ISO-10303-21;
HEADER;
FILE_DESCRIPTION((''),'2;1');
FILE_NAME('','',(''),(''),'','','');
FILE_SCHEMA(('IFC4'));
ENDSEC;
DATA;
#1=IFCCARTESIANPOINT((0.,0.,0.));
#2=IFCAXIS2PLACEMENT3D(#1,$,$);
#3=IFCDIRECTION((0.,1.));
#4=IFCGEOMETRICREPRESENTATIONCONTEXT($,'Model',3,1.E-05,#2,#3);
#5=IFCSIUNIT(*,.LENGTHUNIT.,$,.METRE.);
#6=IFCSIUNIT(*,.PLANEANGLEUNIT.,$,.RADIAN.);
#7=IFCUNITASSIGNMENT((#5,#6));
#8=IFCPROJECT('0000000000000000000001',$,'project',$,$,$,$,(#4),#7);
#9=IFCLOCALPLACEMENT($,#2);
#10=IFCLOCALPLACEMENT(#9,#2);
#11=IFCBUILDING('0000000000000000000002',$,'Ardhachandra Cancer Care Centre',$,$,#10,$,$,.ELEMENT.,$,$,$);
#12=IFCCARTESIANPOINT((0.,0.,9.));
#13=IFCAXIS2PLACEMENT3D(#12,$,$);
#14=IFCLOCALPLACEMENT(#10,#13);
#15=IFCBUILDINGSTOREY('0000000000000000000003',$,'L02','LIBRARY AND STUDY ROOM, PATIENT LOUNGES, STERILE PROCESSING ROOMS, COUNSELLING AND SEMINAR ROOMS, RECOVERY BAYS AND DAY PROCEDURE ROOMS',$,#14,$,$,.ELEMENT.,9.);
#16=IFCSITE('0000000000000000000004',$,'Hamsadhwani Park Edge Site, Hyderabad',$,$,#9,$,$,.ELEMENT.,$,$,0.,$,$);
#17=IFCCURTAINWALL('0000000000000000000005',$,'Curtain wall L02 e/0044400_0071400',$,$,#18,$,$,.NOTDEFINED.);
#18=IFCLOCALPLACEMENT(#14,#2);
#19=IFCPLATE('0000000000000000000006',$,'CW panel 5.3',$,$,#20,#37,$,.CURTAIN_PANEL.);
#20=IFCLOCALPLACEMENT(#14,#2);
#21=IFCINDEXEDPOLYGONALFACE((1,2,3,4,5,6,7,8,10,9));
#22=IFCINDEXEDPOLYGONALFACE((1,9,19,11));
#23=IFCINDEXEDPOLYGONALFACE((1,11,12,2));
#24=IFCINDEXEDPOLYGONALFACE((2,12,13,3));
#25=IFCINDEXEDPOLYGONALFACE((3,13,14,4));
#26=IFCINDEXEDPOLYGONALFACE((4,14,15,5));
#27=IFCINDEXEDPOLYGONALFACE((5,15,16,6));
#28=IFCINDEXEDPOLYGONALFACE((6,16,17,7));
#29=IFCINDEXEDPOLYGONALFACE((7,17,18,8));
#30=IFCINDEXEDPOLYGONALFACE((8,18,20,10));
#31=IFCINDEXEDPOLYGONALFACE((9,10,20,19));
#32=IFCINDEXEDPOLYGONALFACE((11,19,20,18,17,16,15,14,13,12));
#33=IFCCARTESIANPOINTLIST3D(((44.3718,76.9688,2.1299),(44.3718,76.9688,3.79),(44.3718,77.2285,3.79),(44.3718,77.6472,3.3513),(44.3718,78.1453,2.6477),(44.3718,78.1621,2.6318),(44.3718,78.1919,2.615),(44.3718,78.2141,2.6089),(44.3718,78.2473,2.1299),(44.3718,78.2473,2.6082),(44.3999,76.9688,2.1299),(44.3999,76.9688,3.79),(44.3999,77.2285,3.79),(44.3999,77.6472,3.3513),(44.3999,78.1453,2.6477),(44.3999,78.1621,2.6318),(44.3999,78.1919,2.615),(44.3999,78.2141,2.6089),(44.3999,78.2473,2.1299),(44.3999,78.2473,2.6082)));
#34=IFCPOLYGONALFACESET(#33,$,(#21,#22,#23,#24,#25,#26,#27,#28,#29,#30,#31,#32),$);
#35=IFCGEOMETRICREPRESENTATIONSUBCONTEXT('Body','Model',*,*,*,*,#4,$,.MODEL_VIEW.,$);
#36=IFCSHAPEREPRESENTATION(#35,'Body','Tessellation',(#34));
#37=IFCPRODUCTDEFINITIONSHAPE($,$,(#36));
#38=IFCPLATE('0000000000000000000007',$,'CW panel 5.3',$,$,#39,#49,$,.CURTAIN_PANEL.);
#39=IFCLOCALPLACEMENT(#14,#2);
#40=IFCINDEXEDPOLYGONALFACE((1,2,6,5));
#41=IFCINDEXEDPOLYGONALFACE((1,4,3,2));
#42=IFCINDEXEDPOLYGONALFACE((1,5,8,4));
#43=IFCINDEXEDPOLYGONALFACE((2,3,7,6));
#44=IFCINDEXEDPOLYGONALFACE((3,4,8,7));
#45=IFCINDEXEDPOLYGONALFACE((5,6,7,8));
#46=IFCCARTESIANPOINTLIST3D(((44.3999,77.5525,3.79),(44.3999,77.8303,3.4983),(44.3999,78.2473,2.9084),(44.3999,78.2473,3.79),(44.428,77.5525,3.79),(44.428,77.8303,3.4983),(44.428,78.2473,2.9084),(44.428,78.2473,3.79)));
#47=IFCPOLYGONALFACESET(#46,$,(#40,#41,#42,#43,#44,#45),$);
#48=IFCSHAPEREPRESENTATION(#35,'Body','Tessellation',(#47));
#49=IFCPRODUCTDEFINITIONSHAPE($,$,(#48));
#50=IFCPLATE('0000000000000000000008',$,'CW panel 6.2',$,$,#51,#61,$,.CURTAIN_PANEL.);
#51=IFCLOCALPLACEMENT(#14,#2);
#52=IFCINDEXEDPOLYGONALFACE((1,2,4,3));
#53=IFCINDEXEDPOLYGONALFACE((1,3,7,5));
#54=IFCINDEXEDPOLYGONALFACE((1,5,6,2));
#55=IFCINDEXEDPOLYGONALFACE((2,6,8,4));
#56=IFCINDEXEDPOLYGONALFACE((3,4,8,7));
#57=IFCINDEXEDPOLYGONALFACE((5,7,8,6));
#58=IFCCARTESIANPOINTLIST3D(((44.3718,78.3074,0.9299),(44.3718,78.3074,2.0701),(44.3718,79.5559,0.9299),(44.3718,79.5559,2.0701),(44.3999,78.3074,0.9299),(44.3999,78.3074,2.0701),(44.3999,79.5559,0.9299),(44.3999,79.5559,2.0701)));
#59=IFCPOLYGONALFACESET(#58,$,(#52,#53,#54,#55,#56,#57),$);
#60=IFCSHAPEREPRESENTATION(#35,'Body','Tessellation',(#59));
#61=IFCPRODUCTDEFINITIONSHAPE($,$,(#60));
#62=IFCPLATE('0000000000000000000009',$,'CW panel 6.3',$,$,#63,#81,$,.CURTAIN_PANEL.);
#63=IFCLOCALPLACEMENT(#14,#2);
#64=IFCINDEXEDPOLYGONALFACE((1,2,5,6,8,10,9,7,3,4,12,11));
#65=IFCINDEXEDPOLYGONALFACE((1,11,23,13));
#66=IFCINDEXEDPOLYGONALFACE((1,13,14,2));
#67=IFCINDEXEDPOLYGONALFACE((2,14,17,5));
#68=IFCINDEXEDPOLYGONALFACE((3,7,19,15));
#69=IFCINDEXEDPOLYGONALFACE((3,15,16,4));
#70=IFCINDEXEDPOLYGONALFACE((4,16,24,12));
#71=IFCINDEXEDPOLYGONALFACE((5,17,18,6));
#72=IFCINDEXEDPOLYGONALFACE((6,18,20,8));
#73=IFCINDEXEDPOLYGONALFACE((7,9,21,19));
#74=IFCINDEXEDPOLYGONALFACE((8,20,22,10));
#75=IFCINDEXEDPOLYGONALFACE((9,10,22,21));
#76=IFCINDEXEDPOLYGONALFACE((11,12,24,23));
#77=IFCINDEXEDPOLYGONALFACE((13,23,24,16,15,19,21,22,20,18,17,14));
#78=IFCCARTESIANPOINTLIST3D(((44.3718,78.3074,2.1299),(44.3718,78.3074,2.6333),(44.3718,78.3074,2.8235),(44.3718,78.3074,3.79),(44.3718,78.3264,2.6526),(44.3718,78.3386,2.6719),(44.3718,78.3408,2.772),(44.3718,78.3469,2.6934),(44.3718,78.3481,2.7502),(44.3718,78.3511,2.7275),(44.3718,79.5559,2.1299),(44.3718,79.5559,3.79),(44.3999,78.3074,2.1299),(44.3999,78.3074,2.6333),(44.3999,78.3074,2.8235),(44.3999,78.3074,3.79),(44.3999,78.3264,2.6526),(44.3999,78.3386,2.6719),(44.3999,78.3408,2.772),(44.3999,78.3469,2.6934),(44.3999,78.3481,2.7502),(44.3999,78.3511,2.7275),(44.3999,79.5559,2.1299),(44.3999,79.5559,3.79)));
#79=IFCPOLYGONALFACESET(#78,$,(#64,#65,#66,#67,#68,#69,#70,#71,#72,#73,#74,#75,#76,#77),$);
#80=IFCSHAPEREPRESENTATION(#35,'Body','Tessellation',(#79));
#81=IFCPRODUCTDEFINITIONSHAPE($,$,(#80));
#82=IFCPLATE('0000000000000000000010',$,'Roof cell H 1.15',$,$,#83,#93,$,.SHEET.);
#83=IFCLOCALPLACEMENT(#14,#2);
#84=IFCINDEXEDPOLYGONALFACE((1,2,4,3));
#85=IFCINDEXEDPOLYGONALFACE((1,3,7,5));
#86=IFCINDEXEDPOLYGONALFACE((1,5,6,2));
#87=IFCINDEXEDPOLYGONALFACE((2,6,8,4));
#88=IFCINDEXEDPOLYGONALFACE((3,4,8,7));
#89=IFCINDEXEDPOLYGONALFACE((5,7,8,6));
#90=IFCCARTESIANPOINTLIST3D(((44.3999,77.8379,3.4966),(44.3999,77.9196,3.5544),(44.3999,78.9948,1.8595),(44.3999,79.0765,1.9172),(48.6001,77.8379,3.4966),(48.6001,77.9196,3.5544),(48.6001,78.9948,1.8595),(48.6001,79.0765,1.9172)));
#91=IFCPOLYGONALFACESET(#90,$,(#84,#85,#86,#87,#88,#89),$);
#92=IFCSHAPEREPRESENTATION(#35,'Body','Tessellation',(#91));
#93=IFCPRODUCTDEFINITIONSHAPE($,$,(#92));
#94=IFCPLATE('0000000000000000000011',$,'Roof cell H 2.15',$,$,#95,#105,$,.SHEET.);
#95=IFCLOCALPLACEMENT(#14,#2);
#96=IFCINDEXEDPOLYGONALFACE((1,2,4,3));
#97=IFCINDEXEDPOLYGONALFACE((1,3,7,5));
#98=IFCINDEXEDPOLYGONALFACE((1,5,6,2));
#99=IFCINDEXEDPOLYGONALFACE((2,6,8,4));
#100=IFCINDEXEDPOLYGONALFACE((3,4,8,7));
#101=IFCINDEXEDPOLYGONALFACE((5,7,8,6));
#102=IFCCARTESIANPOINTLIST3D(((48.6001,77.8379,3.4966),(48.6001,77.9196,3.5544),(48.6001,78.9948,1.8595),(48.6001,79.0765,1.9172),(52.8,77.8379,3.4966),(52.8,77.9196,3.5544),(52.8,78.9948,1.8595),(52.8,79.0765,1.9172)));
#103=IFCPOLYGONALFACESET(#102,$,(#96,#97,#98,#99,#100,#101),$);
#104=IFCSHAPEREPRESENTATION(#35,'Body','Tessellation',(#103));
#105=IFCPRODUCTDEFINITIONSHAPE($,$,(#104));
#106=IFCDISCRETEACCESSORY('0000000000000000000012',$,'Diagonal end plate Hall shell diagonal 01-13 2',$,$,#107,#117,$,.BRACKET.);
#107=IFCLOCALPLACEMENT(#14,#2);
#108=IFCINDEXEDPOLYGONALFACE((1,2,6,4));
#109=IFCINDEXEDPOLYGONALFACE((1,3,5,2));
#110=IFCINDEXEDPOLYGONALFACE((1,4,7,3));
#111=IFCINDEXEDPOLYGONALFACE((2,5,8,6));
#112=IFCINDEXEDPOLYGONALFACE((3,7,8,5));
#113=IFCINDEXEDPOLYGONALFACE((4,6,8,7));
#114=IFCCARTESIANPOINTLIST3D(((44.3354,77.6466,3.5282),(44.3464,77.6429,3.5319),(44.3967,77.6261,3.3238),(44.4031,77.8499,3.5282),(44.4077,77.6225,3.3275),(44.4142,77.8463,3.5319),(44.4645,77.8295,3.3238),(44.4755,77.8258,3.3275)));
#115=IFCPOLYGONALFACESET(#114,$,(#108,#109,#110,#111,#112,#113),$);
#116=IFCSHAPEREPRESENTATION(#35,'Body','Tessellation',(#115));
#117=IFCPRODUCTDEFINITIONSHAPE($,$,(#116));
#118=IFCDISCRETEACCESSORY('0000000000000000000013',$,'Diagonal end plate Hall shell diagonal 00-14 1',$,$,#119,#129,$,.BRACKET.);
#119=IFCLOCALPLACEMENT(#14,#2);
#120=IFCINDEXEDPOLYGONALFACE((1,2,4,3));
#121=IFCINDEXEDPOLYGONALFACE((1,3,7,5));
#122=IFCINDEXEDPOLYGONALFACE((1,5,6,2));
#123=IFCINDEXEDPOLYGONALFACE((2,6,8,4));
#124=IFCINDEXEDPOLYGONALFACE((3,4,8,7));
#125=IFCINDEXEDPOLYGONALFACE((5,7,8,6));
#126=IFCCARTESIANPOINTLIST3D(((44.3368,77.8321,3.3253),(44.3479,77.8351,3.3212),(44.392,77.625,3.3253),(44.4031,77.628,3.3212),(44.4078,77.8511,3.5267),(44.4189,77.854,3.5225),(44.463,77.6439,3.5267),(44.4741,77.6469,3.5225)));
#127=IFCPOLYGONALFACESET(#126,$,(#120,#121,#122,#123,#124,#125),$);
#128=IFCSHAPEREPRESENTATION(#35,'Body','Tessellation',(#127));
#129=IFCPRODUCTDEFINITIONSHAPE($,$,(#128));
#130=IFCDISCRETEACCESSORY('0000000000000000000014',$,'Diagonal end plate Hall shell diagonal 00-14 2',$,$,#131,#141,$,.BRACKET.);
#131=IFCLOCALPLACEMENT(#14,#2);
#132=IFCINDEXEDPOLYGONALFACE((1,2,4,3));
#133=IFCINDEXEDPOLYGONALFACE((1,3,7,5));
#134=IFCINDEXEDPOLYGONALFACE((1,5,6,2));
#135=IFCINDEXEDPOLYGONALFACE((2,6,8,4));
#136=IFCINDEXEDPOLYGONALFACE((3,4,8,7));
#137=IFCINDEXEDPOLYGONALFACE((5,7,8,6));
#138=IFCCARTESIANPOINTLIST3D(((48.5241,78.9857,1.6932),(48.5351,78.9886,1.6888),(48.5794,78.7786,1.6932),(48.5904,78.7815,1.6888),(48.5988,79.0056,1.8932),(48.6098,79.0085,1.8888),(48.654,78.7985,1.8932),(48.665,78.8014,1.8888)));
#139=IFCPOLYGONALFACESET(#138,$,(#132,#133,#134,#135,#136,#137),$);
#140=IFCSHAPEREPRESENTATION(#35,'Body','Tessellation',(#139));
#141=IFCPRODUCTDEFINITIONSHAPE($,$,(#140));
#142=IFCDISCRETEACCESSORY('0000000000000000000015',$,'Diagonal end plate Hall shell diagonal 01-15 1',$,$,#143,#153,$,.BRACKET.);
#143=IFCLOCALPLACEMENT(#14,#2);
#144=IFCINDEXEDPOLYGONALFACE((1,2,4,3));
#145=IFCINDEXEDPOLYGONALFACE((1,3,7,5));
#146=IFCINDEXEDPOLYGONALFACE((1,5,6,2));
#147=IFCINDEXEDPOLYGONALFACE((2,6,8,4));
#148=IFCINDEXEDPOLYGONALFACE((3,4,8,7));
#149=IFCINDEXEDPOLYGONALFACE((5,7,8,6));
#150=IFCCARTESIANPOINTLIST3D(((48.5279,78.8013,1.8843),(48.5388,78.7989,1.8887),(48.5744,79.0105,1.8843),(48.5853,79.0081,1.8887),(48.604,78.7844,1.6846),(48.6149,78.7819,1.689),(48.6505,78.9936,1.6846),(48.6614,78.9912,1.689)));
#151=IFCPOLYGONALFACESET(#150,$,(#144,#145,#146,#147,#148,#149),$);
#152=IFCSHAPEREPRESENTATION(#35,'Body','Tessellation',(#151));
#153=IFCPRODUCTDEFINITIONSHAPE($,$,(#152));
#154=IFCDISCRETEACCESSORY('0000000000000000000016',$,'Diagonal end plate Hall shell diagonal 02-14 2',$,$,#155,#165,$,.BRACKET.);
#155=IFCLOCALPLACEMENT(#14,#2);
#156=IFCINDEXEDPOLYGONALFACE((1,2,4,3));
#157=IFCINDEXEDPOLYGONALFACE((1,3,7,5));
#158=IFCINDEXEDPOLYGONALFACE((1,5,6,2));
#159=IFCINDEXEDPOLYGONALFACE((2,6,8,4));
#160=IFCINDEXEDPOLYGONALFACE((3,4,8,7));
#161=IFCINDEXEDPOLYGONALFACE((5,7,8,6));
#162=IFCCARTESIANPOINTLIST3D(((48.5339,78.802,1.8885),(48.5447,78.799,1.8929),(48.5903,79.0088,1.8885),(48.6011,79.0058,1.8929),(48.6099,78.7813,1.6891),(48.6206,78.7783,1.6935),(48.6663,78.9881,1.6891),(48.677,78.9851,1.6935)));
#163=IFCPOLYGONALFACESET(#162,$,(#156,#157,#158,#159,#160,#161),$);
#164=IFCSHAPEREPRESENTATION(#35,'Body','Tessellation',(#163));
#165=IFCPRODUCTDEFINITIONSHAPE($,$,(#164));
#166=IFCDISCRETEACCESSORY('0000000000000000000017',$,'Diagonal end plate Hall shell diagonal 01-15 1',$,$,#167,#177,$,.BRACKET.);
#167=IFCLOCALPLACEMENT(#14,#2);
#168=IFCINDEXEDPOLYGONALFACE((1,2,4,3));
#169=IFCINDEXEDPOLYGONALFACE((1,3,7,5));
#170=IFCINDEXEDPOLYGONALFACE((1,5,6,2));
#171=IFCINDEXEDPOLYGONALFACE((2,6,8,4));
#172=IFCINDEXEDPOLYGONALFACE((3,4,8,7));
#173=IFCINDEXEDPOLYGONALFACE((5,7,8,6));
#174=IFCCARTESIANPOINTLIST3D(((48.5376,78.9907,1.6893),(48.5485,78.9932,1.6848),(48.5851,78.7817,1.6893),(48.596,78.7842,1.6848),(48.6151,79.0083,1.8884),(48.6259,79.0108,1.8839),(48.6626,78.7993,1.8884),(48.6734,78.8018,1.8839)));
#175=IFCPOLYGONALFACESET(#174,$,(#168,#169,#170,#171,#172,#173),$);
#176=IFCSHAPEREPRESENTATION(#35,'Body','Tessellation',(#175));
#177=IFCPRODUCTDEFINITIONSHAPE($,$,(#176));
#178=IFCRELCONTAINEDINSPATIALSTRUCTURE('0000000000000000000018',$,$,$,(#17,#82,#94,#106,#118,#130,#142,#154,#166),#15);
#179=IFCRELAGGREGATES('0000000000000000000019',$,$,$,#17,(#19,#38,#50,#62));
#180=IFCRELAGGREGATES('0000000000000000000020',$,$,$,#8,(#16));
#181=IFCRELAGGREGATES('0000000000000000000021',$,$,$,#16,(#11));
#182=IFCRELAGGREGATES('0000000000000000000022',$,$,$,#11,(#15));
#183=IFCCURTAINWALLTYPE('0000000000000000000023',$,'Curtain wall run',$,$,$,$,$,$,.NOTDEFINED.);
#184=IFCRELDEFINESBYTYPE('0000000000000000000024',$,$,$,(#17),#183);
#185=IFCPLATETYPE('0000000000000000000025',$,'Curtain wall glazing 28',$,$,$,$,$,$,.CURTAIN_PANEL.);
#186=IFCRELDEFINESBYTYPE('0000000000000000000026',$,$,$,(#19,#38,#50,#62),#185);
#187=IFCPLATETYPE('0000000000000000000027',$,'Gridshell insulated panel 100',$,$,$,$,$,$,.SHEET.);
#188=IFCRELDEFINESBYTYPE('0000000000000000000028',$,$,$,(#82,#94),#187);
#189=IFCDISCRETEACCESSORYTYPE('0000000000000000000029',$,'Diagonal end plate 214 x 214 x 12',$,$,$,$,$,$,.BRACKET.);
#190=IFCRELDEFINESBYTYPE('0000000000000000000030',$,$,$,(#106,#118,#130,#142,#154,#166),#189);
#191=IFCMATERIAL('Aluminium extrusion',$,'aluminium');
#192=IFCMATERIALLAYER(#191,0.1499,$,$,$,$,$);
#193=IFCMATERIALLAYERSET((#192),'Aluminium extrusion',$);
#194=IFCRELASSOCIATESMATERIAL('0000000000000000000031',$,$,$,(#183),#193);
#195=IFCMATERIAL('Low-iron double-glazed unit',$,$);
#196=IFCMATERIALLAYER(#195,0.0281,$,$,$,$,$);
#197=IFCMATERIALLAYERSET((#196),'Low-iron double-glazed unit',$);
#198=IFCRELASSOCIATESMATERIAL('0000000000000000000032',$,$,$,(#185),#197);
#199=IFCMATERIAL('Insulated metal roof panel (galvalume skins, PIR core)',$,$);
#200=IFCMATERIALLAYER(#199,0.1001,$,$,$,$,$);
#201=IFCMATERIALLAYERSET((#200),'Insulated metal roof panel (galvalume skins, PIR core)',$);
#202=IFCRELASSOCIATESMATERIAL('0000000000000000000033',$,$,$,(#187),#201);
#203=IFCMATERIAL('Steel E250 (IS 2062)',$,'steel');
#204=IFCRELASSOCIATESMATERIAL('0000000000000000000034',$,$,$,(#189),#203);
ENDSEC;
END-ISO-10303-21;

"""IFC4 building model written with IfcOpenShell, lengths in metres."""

from ifc_helpers import new_model, si_unit, direction, frame, origin, origin_2d, place, context, subcontext, project, spatial, polyline, rectangle, outline, extrude, material, layer, layer_set, material_profile, profile_set, type_object, element, aggregate, save


model = new_model("IFC4")

# Units and contexts
model_context = context("Model", 3, precision=1e-05, world=origin(), true_north=direction((0.0, 1.0)))
body_context = subcontext(model_context, "Body", "Model", "MODEL_VIEW")
ifc_project = project(units=[si_unit("LENGTHUNIT", "METRE"), si_unit("PLANEANGLEUNIT", "RADIAN")], contexts=[model_context])

# Site, building, storey
site_placement = place(None, origin())
site = spatial("IfcSite", under=ifc_project, at=site_placement, Name="Hamsadhwani Park Edge Site, Hyderabad", CompositionType="ELEMENT", RefElevation=0.0)
building_placement = place(site_placement, origin())
building = spatial("IfcBuilding", under=site, at=building_placement, Name="Ardhachandra Cancer Care Centre", CompositionType="ELEMENT")
storey_placement = place(building_placement, frame((0.0, 0.0, 9.0)))
storey = spatial("IfcBuildingStorey", under=building, at=storey_placement, Name="L02", Description="LIBRARY AND STUDY ROOM, PATIENT LOUNGES, STERILE PROCESSING ROOMS, COUNSELLING AND SEMINAR ROOMS, RECOVERY BAYS AND DAY PROCEDURE ROOMS", CompositionType="ELEMENT", Elevation=9.0)

# Curtain wall
ifc_material_1 = material(Name="Aluminium extrusion", Category="aluminium")
ifc_layer_1 = layer(ifc_material_1, 0.1499)
ifc_layer_set_1 = layer_set([ifc_layer_1], Name="Aluminium extrusion")
curtain_wall_type = type_object("IfcCurtainWallType", Name="Curtain wall run", PredefinedType="NOTDEFINED", material=ifc_layer_set_1)
curtain_wall_placement = place(storey_placement, origin())
curtain_wall = element("IfcCurtainWall", 1, at=curtain_wall_placement, inside=storey, type_object=curtain_wall_type, Name="Curtain wall L02 e/0044400_0071400", PredefinedType="NOTDEFINED")

# Plates
ifc_material_2 = material(Name="Low-iron double-glazed unit")
ifc_layer_2 = layer(ifc_material_2, 0.0281)
ifc_layer_set_2 = layer_set([ifc_layer_2], Name="Low-iron double-glazed unit")
plate_type_1 = type_object("IfcPlateType", Name="Curtain wall glazing 28", PredefinedType="CURTAIN_PANEL", material=ifc_layer_set_2)
plate_1_placement = place(storey_placement, frame((44.3999, 78.2473, 2.1299), z_axis=(-1.0, 0.0, 0.0), x_axis=(0.0, -1.0, 0.0)))
plate_1 = element("IfcPlate", 2, at=plate_1_placement, type_object=plate_type_1, Name="CW panel 5.3", PredefinedType="CURTAIN_PANEL", context=body_context, shape_type="SweptSolid", body=[
    extrude(outline(polyline([(0.0, 0.0), (1.2786, 0.0), (1.2786, 1.6602), (1.0188, 1.6602), (0.6001, 1.2214), (0.1021, 0.5178), (0.0852, 0.502), (0.0554, 0.4851), (0.0332, 0.479), (0.0, 0.4783), (0.0, 0.0)])), origin(), (0.0, 0.0, 1.0), 0.0281),
])
plate_2_placement = place(storey_placement, frame((44.3999, 78.2473, 3.79), z_axis=(-1.0, 0.0, 0.0), x_axis=(0.0, 0.0, -1.0)))
plate_2 = element("IfcPlate", 3, at=plate_2_placement, type_object=plate_type_1, Name="CW panel 5.3", PredefinedType="CURTAIN_PANEL", context=body_context, shape_type="SweptSolid", body=[
    extrude(outline(polyline([(0.0, 0.0), (0.8816, 0.0), (0.2917, 0.417), (0.0, 0.6948), (0.0, 0.0)])), frame((0.0, 0.0, -0.0281)), (0.0, 0.0, 1.0), 0.0281),
])
plate_3_placement = place(storey_placement, frame((44.3999, 78.3074, 0.9299), z_axis=(-1.0, 0.0, 0.0), x_axis=(0.0, 0.0, 1.0)))
plate_3 = element("IfcPlate", 4, at=plate_3_placement, type_object=plate_type_1, Name="CW panel 6.2", PredefinedType="CURTAIN_PANEL", context=body_context, shape_type="SweptSolid", body=[
    extrude(outline(polyline([(0.0, 0.0), (1.1401, 0.0), (1.1401, 1.2485), (0.0, 1.2485), (0.0, 0.0)])), origin(), (0.0, 0.0, 1.0), 0.0281),
])
plate_4_placement = place(storey_placement, frame((44.3999, 78.3074, 3.79), z_axis=(-1.0, 0.0, 0.0), x_axis=(0.0, 1.0, 0.0)))
plate_4 = element("IfcPlate", 5, at=plate_4_placement, type_object=plate_type_1, Name="CW panel 6.3", PredefinedType="CURTAIN_PANEL", context=body_context, shape_type="SweptSolid", body=[
    extrude(outline(polyline([(0.0, 0.0), (1.2485, 0.0), (1.2485, 1.6602), (0.0, 1.6602), (0.0, 1.1567), (0.019, 1.1375), (0.0312, 1.1182), (0.0396, 1.0967), (0.0437, 1.0625), (0.0408, 1.0398), (0.0334, 1.0181), (0.0, 0.9666), (0.0, 0.0)])), origin(), (0.0, 0.0, 1.0), 0.0281),
])
aggregate(curtain_wall, [plate_1, plate_2, plate_3, plate_4])

# Plates
ifc_material_3 = material(Name="Insulated metal roof panel (galvalume skins, PIR core)")
ifc_layer_3 = layer(ifc_material_3, 0.1001)
ifc_layer_set_3 = layer_set([ifc_layer_3], Name="Insulated metal roof panel (galvalume skins, PIR core)")
plate_type_2 = type_object("IfcPlateType", Name="Gridshell insulated panel 100", PredefinedType="SHEET", material=ifc_layer_set_3)
plate_5_placement = place(storey_placement, frame((44.3999, 77.8379, 3.4966), z_axis=(0.0, 0.816661, 0.577118), x_axis=(1.0, 0.0, 0.0)))
element("IfcPlate", 6, at=plate_5_placement, inside=storey, type_object=plate_type_2, Name="Roof cell H 1.15", PredefinedType="SHEET", context=body_context, shape_type="SweptSolid", body=[
    extrude(outline(polyline([(0.0, 0.0), (4.2002, 0.0), (4.2002, 2.0046), (0.0, 2.0046), (0.0, 0.0)])), origin(), (0.0, 0.0, 1.0), 0.1001),
])
plate_6_placement = place(storey_placement, frame((48.6001, 77.8379, 3.4966), z_axis=(0.0, 0.816661, 0.577118), x_axis=(1.0, 0.0, 0.0)))
element("IfcPlate", 7, at=plate_6_placement, inside=storey, type_object=plate_type_2, Name="Roof cell H 2.15", PredefinedType="SHEET", context=body_context, shape_type="SweptSolid", body=[
    extrude(outline(polyline([(0.0, 0.0), (4.2, 0.0), (4.2, 2.0046), (0.0, 2.0046), (0.0, 0.0)])), origin(), (0.0, 0.0, 1.0), 0.1001),
])

# Discrete accessories
ifc_material_4 = material(Name="Steel E250 (IS 2062)", Category="steel")
ifc_material_profile_1 = material_profile(ifc_material_4, rectangle(XDim=0.2144, YDim=0.2144, at=origin_2d()), Name="PL 214x214x12")
ifc_profile_set_1 = profile_set([ifc_material_profile_1], Name="Steel E250 (IS 2062)")
discrete_accessory_type = type_object("IfcDiscreteAccessoryType", Name="Diagonal end plate 214 x 214 x 12", PredefinedType="BRACKET", material=ifc_profile_set_1)
for number, where, z_axis, x_axis, name in (
    (8, (44.3999, 77.738, 3.426), (0.904534, -0.301511, 0.301511), (0.316228, 0.948683, 0.0), "Diagonal end plate Hall shell diagonal 01-13 2"),
    (9, (44.3999, 77.738, 3.426), (0.907657, 0.242042, -0.342892), (-0.257663, 0.966235, 0.0), "Diagonal end plate Hall shell diagonal 00-14 1"),
    (10, (48.6001, 78.895, 1.7888), (-0.901263, -0.240337, 0.360505), (0.257663, -0.966235, 0.0), "Diagonal end plate Hall shell diagonal 00-14 2"),
):
    element("IfcDiscreteAccessory", number, at=place(storey_placement, frame(where, z_axis=z_axis, x_axis=x_axis)), inside=storey, type_object=discrete_accessory_type, Name=name, PredefinedType="BRACKET", context=body_context, shape_type="SweptSolid", body=[
        extrude(rectangle(XDim=0.2144, YDim=0.2144, at=origin_2d()), origin(), (0.0, 0.0, 1.0), 0.0122),
    ])
for number, where, z_axis, x_axis, name in (
    (11, (48.6001, 78.895, 1.7888), (-0.909323, 0.202072, -0.363729), (-0.21693, -0.976187, 0.0), "Diagonal end plate Hall shell diagonal 01-15 1"),
    (12, (48.6001, 78.895, 1.7888), (0.897399, -0.244745, 0.367118), (0.263117, 0.964764, 0.0), "Diagonal end plate Hall shell diagonal 02-14 2"),
    (13, (48.6001, 78.895, 1.7888), (0.905726, 0.205847, -0.370524), (-0.221621, 0.975133, 0.0), "Diagonal end plate Hall shell diagonal 01-15 1"),
):
    element("IfcDiscreteAccessory", number, at=place(storey_placement, frame(where, z_axis=z_axis, x_axis=x_axis)), inside=storey, type_object=discrete_accessory_type, Name=name, PredefinedType="BRACKET", context=body_context, shape_type="SweptSolid", body=[
        extrude(rectangle(XDim=0.2144, YDim=0.2144, at=origin_2d()), origin(), (0.0, 0.0, 1.0), 0.012),
    ])

save(model, "model.ifc")
